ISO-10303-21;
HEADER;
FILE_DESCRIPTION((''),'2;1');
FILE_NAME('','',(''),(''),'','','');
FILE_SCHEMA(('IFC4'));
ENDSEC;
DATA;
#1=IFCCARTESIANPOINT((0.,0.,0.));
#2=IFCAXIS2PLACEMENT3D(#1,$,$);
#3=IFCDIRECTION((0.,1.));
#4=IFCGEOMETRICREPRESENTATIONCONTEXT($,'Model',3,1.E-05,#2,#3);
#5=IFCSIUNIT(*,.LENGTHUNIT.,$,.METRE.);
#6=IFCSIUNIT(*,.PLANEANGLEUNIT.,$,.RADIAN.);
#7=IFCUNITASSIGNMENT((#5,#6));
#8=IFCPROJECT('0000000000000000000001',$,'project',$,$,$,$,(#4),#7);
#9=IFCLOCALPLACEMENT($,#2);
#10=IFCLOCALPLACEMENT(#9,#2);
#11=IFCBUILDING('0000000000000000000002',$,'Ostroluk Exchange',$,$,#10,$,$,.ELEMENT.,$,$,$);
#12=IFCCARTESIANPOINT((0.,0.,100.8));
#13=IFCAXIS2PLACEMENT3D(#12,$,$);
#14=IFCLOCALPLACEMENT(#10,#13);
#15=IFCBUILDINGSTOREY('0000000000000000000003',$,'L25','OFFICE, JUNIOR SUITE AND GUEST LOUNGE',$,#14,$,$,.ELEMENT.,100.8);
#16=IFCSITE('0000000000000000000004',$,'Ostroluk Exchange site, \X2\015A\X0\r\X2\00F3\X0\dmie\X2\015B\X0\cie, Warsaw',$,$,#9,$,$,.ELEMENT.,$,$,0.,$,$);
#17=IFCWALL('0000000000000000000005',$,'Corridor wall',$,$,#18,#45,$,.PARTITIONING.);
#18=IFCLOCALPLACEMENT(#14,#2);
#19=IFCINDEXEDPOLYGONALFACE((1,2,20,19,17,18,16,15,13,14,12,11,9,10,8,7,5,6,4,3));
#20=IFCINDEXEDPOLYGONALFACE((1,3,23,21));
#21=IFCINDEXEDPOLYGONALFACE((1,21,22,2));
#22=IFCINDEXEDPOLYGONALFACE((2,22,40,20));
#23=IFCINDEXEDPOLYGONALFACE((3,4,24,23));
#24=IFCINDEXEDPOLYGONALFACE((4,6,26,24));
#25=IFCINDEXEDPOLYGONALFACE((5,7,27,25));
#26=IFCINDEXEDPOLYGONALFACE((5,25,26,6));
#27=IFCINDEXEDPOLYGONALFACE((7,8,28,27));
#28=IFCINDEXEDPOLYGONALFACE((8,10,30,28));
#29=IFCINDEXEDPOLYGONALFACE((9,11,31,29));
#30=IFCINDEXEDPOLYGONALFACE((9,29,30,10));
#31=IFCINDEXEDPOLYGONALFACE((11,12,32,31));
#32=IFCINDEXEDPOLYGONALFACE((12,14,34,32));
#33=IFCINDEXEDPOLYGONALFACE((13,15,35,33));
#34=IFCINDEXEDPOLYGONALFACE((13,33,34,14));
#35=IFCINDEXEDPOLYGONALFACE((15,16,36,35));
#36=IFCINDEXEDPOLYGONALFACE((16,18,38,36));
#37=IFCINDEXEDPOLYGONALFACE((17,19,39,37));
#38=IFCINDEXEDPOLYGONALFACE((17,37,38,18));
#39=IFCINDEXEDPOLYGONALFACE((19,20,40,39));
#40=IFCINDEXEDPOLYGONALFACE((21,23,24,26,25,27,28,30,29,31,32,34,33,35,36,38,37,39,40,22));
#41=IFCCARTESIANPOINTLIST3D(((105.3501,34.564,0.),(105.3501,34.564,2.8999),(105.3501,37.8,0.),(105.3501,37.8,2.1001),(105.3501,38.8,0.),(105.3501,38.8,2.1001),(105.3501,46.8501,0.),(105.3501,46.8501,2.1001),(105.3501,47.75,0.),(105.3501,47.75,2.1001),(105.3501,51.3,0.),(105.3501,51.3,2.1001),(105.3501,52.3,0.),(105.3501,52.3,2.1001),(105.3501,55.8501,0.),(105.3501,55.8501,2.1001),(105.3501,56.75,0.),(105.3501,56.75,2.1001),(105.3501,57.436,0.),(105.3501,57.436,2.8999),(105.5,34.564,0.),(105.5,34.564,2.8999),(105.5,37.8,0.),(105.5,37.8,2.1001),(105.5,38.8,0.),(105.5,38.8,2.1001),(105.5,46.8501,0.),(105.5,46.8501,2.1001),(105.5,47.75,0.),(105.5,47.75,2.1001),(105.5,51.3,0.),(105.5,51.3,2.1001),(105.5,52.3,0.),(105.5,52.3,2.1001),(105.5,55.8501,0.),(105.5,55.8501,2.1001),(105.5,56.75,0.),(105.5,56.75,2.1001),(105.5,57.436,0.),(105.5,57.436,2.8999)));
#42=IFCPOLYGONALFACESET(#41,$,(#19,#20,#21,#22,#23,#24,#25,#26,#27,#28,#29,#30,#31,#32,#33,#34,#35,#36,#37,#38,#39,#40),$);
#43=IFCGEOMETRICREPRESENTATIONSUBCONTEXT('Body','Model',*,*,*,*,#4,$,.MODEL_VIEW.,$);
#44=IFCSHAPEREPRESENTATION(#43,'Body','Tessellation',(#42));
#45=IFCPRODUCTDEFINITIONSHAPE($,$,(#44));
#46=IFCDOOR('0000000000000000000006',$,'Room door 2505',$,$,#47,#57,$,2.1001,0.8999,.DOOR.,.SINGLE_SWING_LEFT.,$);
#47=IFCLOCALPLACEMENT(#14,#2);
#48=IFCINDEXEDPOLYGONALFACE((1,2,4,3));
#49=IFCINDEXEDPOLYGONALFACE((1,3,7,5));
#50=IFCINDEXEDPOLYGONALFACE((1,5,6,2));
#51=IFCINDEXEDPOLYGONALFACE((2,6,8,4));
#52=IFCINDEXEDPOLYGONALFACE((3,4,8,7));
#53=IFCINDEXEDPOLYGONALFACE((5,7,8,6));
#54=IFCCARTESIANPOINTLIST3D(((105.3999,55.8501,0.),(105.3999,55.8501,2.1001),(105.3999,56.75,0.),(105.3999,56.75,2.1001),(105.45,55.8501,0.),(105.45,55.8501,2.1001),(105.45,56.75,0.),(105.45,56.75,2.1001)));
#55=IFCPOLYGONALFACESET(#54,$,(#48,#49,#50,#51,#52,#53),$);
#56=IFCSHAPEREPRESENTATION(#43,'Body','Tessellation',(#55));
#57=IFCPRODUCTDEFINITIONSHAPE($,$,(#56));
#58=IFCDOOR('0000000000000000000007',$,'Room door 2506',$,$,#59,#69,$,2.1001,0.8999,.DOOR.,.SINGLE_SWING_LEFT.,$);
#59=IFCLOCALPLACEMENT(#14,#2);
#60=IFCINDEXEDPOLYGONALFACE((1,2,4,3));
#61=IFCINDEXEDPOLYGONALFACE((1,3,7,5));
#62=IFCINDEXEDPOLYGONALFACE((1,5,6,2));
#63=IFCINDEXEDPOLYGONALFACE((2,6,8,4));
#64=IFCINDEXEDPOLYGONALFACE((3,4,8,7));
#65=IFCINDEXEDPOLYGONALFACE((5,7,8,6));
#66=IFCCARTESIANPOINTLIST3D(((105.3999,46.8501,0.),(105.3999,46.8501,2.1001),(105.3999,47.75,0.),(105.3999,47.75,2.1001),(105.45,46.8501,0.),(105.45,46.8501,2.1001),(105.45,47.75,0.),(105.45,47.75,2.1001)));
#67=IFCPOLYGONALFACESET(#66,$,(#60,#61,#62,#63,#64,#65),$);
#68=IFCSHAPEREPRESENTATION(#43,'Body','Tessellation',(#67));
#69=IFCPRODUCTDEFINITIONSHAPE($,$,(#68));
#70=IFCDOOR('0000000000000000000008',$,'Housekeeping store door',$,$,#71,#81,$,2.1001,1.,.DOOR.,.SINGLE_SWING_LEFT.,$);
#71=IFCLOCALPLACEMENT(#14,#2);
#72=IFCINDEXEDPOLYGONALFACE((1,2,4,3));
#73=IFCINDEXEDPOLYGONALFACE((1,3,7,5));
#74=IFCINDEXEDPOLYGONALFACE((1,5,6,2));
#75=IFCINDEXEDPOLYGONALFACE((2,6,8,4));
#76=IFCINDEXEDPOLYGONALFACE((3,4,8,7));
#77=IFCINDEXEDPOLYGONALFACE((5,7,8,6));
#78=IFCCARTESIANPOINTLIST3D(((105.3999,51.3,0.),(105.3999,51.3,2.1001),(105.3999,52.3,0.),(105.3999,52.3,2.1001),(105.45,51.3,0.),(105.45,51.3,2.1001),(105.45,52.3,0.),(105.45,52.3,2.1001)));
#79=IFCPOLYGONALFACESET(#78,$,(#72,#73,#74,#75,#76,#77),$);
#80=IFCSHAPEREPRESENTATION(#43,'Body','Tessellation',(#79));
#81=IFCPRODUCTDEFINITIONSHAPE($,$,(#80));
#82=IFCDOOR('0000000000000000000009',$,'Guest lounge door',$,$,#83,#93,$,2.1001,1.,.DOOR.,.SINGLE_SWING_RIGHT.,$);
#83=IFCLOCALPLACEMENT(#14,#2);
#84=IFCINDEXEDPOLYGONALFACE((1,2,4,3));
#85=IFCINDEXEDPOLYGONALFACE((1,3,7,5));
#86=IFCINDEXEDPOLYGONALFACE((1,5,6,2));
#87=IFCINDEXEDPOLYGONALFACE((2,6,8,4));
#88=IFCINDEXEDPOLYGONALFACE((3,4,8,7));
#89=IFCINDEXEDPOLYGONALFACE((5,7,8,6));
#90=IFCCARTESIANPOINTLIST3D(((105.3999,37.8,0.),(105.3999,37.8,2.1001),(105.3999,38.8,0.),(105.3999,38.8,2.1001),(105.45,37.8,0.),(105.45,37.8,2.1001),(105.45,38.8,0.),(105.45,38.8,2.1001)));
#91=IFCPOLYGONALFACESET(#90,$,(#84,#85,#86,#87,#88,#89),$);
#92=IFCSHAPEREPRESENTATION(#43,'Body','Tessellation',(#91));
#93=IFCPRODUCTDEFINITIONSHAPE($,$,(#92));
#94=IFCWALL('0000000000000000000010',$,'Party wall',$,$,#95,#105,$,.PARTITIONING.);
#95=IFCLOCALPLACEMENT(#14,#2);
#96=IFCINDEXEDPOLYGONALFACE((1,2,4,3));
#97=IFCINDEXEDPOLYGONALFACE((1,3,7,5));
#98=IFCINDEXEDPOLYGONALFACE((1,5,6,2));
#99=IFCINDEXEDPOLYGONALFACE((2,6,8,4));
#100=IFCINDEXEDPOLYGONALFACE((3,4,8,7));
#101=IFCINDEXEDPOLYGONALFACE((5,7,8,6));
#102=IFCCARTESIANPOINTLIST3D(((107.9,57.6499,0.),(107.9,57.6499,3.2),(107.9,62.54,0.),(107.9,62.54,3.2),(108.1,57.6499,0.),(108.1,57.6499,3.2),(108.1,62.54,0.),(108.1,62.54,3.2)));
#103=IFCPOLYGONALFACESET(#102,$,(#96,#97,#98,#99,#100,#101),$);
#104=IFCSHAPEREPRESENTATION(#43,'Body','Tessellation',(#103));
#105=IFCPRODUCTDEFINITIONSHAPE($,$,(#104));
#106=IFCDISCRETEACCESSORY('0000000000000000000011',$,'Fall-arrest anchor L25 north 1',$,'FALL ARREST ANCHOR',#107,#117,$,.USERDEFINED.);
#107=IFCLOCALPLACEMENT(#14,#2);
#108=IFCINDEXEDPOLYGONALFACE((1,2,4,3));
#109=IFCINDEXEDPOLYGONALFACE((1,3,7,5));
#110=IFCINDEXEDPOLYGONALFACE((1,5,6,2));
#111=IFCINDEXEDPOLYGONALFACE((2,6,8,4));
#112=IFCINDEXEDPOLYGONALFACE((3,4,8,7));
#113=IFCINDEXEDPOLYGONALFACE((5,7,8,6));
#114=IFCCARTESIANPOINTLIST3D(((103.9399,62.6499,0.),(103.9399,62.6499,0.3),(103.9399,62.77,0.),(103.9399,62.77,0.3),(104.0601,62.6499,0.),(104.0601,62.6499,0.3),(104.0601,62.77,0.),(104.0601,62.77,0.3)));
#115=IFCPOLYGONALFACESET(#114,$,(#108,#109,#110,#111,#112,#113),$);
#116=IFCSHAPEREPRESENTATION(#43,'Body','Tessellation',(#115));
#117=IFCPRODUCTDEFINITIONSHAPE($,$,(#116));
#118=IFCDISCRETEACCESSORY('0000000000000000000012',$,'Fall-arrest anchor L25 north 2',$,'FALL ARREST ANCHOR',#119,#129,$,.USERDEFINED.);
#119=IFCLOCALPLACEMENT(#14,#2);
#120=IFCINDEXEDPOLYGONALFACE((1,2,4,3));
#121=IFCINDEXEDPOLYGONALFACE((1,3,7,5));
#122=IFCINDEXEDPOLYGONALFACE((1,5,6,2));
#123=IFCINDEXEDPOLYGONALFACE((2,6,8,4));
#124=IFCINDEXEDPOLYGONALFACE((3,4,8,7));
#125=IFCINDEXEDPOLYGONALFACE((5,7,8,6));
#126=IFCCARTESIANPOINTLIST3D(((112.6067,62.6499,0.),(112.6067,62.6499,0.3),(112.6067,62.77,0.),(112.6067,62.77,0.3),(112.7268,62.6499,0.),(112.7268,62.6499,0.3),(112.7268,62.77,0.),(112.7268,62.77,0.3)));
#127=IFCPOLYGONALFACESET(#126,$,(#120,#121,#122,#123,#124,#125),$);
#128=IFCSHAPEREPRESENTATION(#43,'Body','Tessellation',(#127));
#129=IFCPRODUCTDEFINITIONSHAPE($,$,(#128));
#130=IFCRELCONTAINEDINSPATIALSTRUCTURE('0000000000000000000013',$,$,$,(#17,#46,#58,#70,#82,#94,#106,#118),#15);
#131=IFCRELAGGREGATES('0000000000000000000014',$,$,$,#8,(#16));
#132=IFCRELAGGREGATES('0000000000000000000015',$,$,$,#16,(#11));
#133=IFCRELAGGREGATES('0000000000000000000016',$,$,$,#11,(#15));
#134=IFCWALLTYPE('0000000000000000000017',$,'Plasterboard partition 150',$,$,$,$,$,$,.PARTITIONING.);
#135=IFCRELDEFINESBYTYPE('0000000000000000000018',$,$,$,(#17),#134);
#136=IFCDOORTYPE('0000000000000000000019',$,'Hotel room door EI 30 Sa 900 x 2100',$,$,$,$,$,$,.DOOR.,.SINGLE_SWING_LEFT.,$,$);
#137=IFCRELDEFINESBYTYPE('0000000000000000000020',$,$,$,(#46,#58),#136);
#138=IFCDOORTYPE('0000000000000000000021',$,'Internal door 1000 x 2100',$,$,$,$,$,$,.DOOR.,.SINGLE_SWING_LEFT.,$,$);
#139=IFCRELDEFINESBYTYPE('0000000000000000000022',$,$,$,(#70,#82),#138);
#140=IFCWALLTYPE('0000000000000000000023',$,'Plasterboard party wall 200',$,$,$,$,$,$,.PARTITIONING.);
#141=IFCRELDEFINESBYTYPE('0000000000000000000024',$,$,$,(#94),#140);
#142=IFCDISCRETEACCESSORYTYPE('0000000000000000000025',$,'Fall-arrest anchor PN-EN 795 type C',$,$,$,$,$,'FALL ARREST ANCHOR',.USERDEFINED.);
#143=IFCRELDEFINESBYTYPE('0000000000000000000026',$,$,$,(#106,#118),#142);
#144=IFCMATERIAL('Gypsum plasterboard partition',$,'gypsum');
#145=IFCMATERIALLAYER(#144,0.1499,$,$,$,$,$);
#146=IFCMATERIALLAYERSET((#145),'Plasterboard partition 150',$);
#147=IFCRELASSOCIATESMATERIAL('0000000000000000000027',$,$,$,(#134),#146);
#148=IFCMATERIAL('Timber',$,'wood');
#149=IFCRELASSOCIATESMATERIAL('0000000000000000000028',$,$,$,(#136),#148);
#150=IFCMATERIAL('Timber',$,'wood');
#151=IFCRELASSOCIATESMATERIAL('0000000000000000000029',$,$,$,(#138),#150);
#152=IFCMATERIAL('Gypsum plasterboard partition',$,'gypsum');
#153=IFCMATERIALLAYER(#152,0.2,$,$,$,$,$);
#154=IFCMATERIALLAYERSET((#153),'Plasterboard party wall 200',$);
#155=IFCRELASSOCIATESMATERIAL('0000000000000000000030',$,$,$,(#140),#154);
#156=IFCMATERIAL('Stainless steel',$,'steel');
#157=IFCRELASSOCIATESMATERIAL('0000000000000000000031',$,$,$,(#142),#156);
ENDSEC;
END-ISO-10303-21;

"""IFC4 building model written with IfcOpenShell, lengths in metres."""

from ifc_helpers import new_model, si_unit, direction, frame, frame_2d, origin, origin_2d, place, context, subcontext, project, spatial, rectangle, extrude, material, layer, layer_set, type_object, element, fill, save


model = new_model("IFC4")

# Units and contexts
model_context = context("Model", 3, precision=1e-05, world=origin(), true_north=direction((0.0, 1.0)))
body_context = subcontext(model_context, "Body", "Model", "MODEL_VIEW")
ifc_project = project(units=[si_unit("LENGTHUNIT", "METRE"), si_unit("PLANEANGLEUNIT", "RADIAN")], contexts=[model_context])

# Site, building, storey
site_placement = place(None, origin())
site = spatial("IfcSite", under=ifc_project, at=site_placement, Name="Ostroluk Exchange site, Śródmieście, Warsaw", CompositionType="ELEMENT", RefElevation=0.0)
building_placement = place(site_placement, origin())
building = spatial("IfcBuilding", under=site, at=building_placement, Name="Ostroluk Exchange", CompositionType="ELEMENT")
storey_placement = place(building_placement, frame((0.0, 0.0, 100.8)))
storey = spatial("IfcBuildingStorey", under=building, at=storey_placement, Name="L25", Description="OFFICE, JUNIOR SUITE AND GUEST LOUNGE", CompositionType="ELEMENT", Elevation=100.8)

# Wall, openings, doors
ifc_material_1 = material(Name="Gypsum plasterboard partition", Category="gypsum")
ifc_layer_1 = layer(ifc_material_1, 0.1499)
ifc_layer_set_1 = layer_set([ifc_layer_1], Name="Plasterboard partition 150")
wall_type_1 = type_object("IfcWallType", Name="Plasterboard partition 150", PredefinedType="PARTITIONING", material=ifc_layer_set_1)
wall_1_placement = place(storey_placement, frame((105.425, 57.436, 0.0), z_axis=(0.0, 0.0, 1.0), x_axis=(0.0, -1.0, 0.0)))
wall_1 = element("IfcWall", 1, at=wall_1_placement, inside=storey, type_object=wall_type_1, Name="Corridor wall", PredefinedType="PARTITIONING", context=body_context, shape_type="SweptSolid", body=[
    extrude(rectangle(XDim=22.8721, YDim=0.1499, at=frame_2d((11.436, 0.0))), origin(), (0.0, 0.0, 1.0), 2.8999),
])
opening_1_placement = place(wall_1_placement, frame((0.686, 0.0, 0.0)))
opening_1 = element("IfcOpeningElement", 2, at=opening_1_placement, cuts=wall_1, PredefinedType="OPENING", context=body_context, shape_type="SweptSolid", body=[
    extrude(rectangle(XDim=0.8999, YDim=2.1001, at=frame_2d((0.45, 1.05))), frame((0.0, 0.085, 0.0), z_axis=(0.0, -1.0, 0.0), x_axis=(1.0, 0.0, 0.0)), (0.0, 0.0, 1.0), 0.1699),
])
opening_2_placement = place(wall_1_placement, frame((5.136, 0.0, 0.0)))
opening_2 = element("IfcOpeningElement", 3, at=opening_2_placement, cuts=wall_1, PredefinedType="OPENING", context=body_context, shape_type="SweptSolid", body=[
    extrude(rectangle(XDim=1.0, YDim=2.1001, at=frame_2d((0.5, 1.05))), frame((0.0, 0.085, 0.0), z_axis=(0.0, -1.0, 0.0), x_axis=(1.0, 0.0, 0.0)), (0.0, 0.0, 1.0), 0.1699),
])
opening_3_placement = place(wall_1_placement, frame((9.686, 0.0, 0.0)))
opening_3 = element("IfcOpeningElement", 4, at=opening_3_placement, cuts=wall_1, PredefinedType="OPENING", context=body_context, shape_type="SweptSolid", body=[
    extrude(rectangle(XDim=0.8999, YDim=2.1001, at=frame_2d((0.45, 1.05))), frame((0.0, 0.085, 0.0), z_axis=(0.0, -1.0, 0.0), x_axis=(1.0, 0.0, 0.0)), (0.0, 0.0, 1.0), 0.1699),
])
opening_4_placement = place(wall_1_placement, frame((18.636, 0.0, 0.0)))
opening_4 = element("IfcOpeningElement", 5, at=opening_4_placement, cuts=wall_1, PredefinedType="OPENING", context=body_context, shape_type="SweptSolid", body=[
    extrude(rectangle(XDim=1.0, YDim=2.1001, at=frame_2d((0.5, 1.05))), frame((0.0, 0.085, 0.0), z_axis=(0.0, -1.0, 0.0), x_axis=(1.0, 0.0, 0.0)), (0.0, 0.0, 1.0), 0.1699),
])
ifc_material_2 = material(Name="Timber", Category="wood")
door_type_1 = type_object("IfcDoorType", Name="Hotel room door EI 30 Sa 900 x 2100", OperationType="SINGLE_SWING_LEFT", PredefinedType="DOOR", material=ifc_material_2)
door_1_placement = place(opening_1_placement, origin())
door_1 = element("IfcDoor", 6, at=door_1_placement, inside=storey, type_object=door_type_1, Name="Room door 2505", OperationType="SINGLE_SWING_LEFT", OverallHeight=2.1001, OverallWidth=0.8999, PredefinedType="DOOR", context=body_context, shape_type="SweptSolid", body=[
    extrude(rectangle(XDim=0.8999, YDim=2.1001, at=frame_2d((0.45, 1.05))), frame((0.0, 0.0249, 0.0), z_axis=(0.0, -1.0, 0.0), x_axis=(1.0, 0.0, 0.0)), (0.0, 0.0, 1.0), 0.05),
])
fill(opening_1, door_1)
door_2_placement = place(opening_3_placement, origin())
door_2 = element("IfcDoor", 7, at=door_2_placement, inside=storey, type_object=door_type_1, Name="Room door 2506", OperationType="SINGLE_SWING_LEFT", OverallHeight=2.1001, OverallWidth=0.8999, PredefinedType="DOOR", context=body_context, shape_type="SweptSolid", body=[
    extrude(rectangle(XDim=0.8999, YDim=2.1001, at=frame_2d((0.45, 1.05))), frame((0.0, 0.0249, 0.0), z_axis=(0.0, -1.0, 0.0), x_axis=(1.0, 0.0, 0.0)), (0.0, 0.0, 1.0), 0.05),
])
fill(opening_3, door_2)
ifc_material_3 = material(Name="Timber", Category="wood")
door_type_2 = type_object("IfcDoorType", Name="Internal door 1000 x 2100", OperationType="SINGLE_SWING_LEFT", PredefinedType="DOOR", material=ifc_material_3)
door_3_placement = place(opening_2_placement, origin())
door_3 = element("IfcDoor", 8, at=door_3_placement, inside=storey, type_object=door_type_2, Name="Housekeeping store door", OperationType="SINGLE_SWING_LEFT", OverallHeight=2.1001, OverallWidth=1.0, PredefinedType="DOOR", context=body_context, shape_type="SweptSolid", body=[
    extrude(rectangle(XDim=1.0, YDim=2.1001, at=frame_2d((0.5, 1.05))), frame((0.0, 0.0249, 0.0), z_axis=(0.0, -1.0, 0.0), x_axis=(1.0, 0.0, 0.0)), (0.0, 0.0, 1.0), 0.05),
])
fill(opening_2, door_3)
door_4_placement = place(opening_4_placement, origin())
door_4 = element("IfcDoor", 9, at=door_4_placement, inside=storey, type_object=door_type_2, Name="Guest lounge door", OperationType="SINGLE_SWING_RIGHT", OverallHeight=2.1001, OverallWidth=1.0, PredefinedType="DOOR", context=body_context, shape_type="SweptSolid", body=[
    extrude(rectangle(XDim=1.0, YDim=2.1001, at=frame_2d((0.5, 1.05))), frame((0.0, 0.0249, 0.0), z_axis=(0.0, -1.0, 0.0), x_axis=(1.0, 0.0, 0.0)), (0.0, 0.0, 1.0), 0.05),
])
fill(opening_4, door_4)

# Wall
ifc_material_4 = material(Name="Gypsum plasterboard partition", Category="gypsum")
ifc_layer_2 = layer(ifc_material_4, 0.2)
ifc_layer_set_2 = layer_set([ifc_layer_2], Name="Plasterboard party wall 200")
wall_type_2 = type_object("IfcWallType", Name="Plasterboard party wall 200", PredefinedType="PARTITIONING", material=ifc_layer_set_2)
wall_2_placement = place(storey_placement, frame((108.0, 57.6499, 0.0), z_axis=(0.0, 0.0, 1.0), x_axis=(0.0, 1.0, 0.0)))
element("IfcWall", 10, at=wall_2_placement, inside=storey, type_object=wall_type_2, Name="Party wall", PredefinedType="PARTITIONING", context=body_context, shape_type="SweptSolid", body=[
    extrude(rectangle(XDim=4.8901, YDim=0.2, at=frame_2d((2.4451, 0.0))), origin(), (0.0, 0.0, 1.0), 3.2),
])

# Discrete accessories
ifc_material_5 = material(Name="Stainless steel", Category="steel")
discrete_accessory_type = type_object("IfcDiscreteAccessoryType", Name="Fall-arrest anchor PN-EN 795 type C", ElementType="FALL ARREST ANCHOR", PredefinedType="USERDEFINED", material=ifc_material_5)
for number, where, z_axis, x_axis, name in (
    (11, (104.0, 62.71, 0.0), (0.0, 0.0, 1.0), (1.0, 0.0, 0.0), "Fall-arrest anchor L25 north 1"),
    (12, (112.6667, 62.71, 0.0), (0.0, 0.0, 1.0), (1.0, 0.0, 0.0), "Fall-arrest anchor L25 north 2"),
):
    element("IfcDiscreteAccessory", number, at=place(storey_placement, frame(where, z_axis=z_axis, x_axis=x_axis)), inside=storey, type_object=discrete_accessory_type, Name=name, ObjectType="FALL ARREST ANCHOR", PredefinedType="USERDEFINED", context=body_context, shape_type="SweptSolid", body=[
        extrude(rectangle(XDim=0.1201, YDim=0.1201, at=origin_2d()), origin(), (0.0, 0.0, 1.0), 0.3),
    ])

save(model, "model.ifc")
